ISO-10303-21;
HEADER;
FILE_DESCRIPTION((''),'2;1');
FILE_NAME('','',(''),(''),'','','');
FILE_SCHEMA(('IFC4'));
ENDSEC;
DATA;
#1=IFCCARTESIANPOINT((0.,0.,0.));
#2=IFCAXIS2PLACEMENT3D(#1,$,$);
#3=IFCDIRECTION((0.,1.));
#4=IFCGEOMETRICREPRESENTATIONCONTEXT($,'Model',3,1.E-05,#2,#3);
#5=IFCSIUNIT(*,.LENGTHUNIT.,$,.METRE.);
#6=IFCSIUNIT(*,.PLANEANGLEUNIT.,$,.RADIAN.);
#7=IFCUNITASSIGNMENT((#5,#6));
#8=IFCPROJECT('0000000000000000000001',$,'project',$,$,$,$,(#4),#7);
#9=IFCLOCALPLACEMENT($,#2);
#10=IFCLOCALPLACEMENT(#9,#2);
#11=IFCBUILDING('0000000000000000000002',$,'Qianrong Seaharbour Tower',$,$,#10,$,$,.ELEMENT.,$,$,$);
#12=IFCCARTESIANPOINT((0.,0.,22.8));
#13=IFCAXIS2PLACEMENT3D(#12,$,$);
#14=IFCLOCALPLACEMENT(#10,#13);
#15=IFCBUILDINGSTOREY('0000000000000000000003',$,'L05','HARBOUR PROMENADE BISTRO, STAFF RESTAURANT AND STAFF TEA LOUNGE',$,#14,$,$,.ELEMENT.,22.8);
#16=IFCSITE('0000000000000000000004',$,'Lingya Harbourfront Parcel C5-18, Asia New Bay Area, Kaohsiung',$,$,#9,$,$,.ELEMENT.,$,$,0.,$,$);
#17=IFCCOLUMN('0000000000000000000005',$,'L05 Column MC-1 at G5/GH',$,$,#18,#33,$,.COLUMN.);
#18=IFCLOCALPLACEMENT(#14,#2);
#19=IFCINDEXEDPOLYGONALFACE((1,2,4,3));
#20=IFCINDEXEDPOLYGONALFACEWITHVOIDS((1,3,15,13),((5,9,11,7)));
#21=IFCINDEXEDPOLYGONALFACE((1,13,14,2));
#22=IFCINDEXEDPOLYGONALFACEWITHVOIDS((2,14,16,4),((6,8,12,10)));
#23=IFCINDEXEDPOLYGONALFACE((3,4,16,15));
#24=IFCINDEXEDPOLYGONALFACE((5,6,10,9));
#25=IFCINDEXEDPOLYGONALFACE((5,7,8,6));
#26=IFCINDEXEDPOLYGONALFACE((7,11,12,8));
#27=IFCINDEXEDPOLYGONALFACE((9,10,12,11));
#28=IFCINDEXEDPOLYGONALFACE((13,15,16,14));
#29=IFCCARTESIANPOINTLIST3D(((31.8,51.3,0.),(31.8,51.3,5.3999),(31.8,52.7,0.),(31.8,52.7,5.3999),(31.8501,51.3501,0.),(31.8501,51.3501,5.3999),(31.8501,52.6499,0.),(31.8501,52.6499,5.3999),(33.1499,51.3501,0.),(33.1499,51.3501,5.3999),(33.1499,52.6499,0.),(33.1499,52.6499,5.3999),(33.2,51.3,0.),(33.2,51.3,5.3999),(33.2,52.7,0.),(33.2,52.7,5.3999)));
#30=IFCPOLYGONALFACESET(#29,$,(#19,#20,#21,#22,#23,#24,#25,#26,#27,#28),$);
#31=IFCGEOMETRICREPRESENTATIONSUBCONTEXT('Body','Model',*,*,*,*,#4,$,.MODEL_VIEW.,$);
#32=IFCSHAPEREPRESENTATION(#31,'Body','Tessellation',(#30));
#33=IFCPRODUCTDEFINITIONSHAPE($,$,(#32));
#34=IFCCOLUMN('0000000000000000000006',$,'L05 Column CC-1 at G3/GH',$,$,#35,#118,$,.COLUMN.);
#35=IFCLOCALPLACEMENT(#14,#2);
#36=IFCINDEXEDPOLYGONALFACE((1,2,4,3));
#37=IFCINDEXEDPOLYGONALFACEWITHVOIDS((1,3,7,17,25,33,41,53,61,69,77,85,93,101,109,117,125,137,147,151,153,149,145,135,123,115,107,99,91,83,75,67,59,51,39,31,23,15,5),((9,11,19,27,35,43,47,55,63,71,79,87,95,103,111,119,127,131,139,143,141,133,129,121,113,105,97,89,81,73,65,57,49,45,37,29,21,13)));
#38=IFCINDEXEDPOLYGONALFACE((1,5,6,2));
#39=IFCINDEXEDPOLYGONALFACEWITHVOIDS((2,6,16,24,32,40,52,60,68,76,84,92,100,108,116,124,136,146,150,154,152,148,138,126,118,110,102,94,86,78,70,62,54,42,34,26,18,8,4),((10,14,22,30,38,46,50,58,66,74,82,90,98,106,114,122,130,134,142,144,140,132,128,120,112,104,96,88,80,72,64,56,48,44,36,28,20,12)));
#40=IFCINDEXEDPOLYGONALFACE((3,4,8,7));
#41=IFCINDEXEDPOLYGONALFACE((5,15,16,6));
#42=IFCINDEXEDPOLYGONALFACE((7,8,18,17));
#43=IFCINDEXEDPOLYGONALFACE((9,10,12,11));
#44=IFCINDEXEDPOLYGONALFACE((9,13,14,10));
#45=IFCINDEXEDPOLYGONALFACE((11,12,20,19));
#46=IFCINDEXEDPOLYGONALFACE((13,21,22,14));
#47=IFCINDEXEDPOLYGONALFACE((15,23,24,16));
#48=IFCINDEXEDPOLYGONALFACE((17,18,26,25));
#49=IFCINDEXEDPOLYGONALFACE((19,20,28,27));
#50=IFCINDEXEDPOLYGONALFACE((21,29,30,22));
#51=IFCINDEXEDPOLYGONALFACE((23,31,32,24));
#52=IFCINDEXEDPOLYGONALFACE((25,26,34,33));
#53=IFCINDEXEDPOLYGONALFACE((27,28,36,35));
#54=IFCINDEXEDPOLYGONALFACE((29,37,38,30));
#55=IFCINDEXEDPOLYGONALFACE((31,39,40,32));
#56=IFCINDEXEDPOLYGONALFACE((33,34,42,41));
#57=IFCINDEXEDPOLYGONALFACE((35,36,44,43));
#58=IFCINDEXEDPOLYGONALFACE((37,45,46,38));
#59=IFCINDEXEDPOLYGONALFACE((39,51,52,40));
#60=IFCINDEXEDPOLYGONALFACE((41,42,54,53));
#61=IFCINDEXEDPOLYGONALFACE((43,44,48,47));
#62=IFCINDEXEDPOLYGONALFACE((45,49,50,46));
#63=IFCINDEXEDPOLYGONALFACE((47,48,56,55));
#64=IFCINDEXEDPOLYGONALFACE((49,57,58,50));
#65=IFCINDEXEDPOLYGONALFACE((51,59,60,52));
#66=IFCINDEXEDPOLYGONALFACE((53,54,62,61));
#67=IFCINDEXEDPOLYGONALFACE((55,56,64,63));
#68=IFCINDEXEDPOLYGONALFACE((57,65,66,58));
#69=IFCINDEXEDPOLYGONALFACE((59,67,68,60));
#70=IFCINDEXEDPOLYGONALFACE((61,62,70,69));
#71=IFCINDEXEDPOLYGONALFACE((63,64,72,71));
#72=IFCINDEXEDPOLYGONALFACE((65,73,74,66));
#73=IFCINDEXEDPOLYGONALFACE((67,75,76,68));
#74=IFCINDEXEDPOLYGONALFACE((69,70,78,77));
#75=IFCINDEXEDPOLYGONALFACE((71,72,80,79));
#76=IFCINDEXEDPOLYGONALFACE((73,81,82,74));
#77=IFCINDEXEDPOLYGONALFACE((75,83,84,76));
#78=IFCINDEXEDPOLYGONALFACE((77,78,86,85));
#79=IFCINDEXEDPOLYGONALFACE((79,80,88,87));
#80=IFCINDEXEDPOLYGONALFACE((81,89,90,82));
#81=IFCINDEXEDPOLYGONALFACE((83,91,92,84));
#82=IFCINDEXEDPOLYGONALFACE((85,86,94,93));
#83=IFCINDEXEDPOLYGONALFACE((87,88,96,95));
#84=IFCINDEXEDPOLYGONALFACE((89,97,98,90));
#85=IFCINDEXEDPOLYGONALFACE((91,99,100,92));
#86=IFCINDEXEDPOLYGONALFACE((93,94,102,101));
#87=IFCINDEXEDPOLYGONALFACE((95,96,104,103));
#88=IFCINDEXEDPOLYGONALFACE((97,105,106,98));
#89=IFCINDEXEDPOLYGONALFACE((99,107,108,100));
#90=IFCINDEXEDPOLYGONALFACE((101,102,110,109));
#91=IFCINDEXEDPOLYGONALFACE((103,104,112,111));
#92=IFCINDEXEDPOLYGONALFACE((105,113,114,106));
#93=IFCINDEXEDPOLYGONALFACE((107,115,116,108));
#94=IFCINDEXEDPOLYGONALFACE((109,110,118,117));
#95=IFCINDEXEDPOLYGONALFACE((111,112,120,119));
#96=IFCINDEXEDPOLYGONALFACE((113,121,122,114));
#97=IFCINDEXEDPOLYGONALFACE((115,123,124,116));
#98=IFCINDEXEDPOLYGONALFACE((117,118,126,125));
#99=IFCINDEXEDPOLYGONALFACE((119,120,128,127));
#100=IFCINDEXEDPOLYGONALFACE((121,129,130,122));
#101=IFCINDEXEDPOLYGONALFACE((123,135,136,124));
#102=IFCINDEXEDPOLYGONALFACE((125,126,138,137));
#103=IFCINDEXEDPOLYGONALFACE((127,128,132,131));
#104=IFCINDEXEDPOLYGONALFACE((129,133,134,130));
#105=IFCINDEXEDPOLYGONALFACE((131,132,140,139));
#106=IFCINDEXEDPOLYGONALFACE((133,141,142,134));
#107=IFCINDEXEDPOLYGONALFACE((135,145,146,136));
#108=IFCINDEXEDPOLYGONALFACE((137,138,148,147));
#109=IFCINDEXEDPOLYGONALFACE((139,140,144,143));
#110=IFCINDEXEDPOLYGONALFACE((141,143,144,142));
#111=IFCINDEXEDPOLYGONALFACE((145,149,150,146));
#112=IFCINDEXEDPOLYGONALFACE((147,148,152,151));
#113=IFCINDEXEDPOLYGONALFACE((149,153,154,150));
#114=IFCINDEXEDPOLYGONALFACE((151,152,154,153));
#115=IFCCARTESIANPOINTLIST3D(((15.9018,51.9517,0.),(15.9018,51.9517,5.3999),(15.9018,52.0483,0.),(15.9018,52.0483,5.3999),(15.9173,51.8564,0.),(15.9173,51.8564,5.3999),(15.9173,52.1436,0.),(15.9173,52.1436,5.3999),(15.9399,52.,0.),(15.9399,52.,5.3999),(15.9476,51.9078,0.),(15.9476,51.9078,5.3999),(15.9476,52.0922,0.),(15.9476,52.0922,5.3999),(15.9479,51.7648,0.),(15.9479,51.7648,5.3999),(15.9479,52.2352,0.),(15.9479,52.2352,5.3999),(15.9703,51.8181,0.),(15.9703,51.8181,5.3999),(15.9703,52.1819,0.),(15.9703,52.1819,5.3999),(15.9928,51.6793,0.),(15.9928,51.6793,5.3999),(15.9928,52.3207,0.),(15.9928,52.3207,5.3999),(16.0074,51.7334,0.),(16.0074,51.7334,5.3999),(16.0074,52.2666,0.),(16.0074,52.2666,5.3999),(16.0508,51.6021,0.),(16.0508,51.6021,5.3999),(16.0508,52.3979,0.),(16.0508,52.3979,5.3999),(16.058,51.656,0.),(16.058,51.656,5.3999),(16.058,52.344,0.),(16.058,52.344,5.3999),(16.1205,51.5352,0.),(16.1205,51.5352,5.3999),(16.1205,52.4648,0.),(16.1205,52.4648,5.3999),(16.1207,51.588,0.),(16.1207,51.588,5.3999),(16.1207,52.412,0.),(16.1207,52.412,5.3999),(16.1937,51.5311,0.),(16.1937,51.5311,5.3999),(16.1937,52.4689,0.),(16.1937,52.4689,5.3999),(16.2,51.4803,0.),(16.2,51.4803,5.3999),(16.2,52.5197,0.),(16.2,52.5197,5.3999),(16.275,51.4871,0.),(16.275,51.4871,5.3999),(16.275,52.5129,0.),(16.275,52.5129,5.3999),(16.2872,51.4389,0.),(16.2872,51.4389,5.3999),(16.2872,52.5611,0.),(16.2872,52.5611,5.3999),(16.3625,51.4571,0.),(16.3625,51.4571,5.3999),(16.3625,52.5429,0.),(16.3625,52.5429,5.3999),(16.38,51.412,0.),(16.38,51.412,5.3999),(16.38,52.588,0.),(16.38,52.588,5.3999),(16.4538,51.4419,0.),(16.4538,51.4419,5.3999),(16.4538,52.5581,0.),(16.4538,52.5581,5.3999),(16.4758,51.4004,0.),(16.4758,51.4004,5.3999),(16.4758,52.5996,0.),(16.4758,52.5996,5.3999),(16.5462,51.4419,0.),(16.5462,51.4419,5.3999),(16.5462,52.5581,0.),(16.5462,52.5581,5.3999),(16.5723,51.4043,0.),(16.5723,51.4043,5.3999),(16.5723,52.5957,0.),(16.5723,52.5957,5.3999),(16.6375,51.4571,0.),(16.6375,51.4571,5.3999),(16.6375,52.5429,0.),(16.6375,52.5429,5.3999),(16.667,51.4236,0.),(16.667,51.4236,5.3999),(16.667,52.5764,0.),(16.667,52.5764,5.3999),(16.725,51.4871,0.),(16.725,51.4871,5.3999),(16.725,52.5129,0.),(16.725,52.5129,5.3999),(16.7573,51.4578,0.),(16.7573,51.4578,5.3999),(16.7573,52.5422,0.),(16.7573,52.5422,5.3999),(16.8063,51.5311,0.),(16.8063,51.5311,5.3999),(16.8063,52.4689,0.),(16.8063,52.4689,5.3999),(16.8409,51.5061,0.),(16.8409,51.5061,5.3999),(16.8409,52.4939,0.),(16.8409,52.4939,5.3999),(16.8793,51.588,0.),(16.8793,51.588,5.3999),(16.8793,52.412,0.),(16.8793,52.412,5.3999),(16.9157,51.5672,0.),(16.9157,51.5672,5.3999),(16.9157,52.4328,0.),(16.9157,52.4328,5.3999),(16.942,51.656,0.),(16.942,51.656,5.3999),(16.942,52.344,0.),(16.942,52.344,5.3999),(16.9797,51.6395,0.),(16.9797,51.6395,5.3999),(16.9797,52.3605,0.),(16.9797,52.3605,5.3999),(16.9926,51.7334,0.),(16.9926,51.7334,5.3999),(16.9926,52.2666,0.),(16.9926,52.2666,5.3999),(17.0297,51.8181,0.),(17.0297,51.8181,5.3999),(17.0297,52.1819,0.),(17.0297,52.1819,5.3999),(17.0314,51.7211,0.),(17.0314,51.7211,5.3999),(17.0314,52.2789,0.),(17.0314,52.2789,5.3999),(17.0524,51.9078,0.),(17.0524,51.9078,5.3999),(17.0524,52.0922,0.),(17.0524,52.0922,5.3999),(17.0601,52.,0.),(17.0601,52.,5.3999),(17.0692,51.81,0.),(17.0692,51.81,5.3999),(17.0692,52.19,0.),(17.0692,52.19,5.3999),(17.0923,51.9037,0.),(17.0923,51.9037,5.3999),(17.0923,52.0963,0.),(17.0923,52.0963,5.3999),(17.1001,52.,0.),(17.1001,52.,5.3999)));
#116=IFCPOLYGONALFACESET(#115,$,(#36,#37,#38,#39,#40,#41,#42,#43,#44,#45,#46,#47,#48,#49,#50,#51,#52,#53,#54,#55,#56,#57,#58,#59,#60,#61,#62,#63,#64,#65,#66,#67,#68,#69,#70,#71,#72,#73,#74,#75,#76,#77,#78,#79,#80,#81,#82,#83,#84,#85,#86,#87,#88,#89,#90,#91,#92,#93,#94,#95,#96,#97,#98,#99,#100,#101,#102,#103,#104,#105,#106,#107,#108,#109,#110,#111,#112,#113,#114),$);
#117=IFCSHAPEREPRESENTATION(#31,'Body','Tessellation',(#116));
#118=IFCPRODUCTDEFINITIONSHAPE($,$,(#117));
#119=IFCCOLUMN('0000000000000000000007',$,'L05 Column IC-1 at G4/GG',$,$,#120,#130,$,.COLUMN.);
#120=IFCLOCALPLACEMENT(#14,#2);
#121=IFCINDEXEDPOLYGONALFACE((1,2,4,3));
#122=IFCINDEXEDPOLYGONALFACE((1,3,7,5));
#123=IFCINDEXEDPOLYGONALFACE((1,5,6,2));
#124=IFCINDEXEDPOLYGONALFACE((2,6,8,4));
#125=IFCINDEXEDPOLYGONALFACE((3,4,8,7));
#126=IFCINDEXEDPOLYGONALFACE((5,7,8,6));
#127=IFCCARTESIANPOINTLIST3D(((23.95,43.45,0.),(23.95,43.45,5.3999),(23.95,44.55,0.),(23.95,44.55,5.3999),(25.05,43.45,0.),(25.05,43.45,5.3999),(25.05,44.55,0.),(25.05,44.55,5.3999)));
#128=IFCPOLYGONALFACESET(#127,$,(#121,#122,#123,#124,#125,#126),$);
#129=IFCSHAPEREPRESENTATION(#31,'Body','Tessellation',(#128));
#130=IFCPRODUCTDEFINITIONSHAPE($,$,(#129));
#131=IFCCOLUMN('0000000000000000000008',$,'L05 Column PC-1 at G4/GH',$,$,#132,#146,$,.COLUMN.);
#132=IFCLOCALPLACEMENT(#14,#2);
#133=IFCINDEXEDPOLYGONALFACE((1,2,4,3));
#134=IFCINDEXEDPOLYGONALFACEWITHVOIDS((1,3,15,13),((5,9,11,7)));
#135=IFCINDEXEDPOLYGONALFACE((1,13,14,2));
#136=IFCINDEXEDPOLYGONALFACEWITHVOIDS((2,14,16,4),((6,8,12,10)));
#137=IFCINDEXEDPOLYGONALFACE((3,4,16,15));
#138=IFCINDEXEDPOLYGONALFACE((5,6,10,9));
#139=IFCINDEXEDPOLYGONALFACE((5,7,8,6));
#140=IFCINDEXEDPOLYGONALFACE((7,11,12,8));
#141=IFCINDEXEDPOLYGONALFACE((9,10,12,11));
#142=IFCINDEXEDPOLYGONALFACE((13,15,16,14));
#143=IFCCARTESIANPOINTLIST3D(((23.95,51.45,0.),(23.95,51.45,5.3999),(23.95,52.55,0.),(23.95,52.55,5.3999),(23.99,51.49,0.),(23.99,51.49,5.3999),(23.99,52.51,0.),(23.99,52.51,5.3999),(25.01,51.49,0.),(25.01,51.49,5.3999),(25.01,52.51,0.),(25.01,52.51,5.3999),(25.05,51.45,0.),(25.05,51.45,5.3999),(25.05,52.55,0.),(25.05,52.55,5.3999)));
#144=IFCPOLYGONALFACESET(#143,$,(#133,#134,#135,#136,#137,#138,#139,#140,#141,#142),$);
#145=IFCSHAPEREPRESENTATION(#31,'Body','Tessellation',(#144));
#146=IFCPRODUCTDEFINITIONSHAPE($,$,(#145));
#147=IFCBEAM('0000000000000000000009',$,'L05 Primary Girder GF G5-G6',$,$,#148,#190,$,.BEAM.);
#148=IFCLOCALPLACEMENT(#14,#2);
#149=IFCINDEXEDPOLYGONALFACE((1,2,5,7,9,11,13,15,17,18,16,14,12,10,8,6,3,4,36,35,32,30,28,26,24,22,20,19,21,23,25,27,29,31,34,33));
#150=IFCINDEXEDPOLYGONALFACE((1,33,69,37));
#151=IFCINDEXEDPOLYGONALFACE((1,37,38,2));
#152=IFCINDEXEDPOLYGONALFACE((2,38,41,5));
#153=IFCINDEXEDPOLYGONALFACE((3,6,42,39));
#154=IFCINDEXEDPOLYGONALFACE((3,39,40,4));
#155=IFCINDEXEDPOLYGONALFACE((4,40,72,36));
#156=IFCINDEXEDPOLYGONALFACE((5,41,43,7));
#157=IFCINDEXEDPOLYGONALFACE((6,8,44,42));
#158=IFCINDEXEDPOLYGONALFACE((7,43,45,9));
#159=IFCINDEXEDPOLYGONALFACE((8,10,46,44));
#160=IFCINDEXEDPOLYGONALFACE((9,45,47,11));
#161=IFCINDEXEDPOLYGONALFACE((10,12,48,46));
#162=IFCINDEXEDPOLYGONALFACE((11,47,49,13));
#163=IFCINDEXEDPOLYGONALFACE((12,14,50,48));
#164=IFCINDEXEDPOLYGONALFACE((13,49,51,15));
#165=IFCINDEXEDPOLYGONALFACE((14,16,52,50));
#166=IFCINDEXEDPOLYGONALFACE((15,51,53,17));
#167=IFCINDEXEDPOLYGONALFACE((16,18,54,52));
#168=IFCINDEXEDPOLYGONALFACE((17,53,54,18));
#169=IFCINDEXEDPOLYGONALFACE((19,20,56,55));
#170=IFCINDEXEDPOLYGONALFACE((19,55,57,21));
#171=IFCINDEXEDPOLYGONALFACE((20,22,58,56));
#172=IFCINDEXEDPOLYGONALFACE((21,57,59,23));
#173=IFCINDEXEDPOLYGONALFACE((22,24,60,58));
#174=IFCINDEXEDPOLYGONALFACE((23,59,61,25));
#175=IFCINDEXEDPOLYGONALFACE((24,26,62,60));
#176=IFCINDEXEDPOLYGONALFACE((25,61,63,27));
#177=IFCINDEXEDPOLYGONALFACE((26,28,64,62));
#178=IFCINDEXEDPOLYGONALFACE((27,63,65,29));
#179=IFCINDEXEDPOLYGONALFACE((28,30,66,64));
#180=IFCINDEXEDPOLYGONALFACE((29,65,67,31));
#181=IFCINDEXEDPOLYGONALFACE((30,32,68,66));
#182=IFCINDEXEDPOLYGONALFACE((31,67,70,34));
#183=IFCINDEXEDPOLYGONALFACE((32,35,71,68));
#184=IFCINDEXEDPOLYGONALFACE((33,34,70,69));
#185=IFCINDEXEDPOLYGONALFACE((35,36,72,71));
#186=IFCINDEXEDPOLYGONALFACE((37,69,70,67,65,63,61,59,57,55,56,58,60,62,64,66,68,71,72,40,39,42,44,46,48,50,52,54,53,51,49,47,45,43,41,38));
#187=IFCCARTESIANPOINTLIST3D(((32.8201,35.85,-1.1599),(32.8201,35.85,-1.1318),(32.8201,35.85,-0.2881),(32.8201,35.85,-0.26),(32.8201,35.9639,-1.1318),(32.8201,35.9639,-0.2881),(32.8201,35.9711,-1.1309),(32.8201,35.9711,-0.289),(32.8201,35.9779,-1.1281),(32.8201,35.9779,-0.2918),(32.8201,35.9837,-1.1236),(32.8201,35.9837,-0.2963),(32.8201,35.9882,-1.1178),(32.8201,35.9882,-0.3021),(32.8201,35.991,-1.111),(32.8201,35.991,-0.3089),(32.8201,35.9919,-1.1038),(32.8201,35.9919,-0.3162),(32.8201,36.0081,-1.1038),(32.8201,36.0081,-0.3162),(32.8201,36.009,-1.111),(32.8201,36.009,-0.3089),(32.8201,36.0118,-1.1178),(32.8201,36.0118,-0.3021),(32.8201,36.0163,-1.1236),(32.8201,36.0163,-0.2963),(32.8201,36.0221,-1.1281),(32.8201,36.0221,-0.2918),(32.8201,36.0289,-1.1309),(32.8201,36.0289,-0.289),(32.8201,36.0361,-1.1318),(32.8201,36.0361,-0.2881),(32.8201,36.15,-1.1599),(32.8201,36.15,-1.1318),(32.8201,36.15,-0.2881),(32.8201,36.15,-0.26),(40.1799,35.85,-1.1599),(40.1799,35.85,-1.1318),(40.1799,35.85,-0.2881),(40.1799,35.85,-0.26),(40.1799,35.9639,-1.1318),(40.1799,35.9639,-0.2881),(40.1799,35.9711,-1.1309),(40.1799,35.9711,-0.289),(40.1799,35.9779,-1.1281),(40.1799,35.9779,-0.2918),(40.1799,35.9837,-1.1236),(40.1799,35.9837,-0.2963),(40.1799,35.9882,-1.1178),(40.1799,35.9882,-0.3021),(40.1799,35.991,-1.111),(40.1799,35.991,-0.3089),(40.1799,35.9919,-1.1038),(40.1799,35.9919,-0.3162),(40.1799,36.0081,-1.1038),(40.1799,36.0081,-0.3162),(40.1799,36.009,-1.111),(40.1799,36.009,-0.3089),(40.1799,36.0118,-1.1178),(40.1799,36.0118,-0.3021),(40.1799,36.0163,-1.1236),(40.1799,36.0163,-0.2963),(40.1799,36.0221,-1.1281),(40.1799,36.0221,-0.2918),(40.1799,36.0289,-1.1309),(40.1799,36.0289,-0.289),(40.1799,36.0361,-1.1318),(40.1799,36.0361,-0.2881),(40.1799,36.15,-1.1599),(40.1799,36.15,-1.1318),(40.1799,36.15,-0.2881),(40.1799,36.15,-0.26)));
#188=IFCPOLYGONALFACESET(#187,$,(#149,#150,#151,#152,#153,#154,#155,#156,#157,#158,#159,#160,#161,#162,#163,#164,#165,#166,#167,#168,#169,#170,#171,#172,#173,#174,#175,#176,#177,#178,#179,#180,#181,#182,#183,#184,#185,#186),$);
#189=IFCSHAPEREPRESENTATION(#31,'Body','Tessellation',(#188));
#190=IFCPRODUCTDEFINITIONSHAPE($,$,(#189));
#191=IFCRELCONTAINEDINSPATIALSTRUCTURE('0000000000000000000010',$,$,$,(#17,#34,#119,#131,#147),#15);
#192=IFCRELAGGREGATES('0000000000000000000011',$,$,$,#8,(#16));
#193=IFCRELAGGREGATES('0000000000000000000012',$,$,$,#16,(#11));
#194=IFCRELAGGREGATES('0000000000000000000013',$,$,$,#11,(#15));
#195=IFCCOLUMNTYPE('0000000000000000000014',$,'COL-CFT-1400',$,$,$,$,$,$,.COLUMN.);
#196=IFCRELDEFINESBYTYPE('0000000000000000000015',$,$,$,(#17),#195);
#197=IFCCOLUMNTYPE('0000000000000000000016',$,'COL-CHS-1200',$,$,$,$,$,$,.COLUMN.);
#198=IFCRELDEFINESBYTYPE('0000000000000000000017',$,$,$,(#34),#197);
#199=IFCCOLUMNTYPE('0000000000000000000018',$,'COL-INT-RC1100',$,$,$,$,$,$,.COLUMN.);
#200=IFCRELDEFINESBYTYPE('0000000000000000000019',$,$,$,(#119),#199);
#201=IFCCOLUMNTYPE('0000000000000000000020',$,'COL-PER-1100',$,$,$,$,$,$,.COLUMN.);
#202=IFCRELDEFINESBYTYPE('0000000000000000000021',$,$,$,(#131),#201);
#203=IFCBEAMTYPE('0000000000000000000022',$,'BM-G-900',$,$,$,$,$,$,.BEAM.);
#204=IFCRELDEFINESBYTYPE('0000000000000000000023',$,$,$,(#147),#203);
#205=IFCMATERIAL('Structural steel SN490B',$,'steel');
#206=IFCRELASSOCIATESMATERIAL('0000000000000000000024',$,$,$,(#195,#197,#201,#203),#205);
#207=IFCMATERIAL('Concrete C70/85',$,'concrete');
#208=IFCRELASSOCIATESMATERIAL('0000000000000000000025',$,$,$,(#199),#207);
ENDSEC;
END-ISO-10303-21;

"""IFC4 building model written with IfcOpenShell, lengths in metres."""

from ifc_helpers import new_model, si_unit, direction, frame, origin, origin_2d, place, context, subcontext, project, spatial, rectangle, hollow_rectangle, hollow_circle, i_section, extrude, material, material_profile, profile_set, type_object, element, save


model = new_model("IFC4")

# Units and contexts
model_context = context("Model", 3, precision=1e-05, world=origin(), true_north=direction((0.0, 1.0)))
body_context = subcontext(model_context, "Body", "Model", "MODEL_VIEW")
ifc_project = project(units=[si_unit("LENGTHUNIT", "METRE"), si_unit("PLANEANGLEUNIT", "RADIAN")], contexts=[model_context])

# Site, building, storey
site_placement = place(None, origin())
site = spatial("IfcSite", under=ifc_project, at=site_placement, Name="Lingya Harbourfront Parcel C5-18, Asia New Bay Area, Kaohsiung", CompositionType="ELEMENT", RefElevation=0.0)
building_placement = place(site_placement, origin())
building = spatial("IfcBuilding", under=site, at=building_placement, Name="Qianrong Seaharbour Tower", CompositionType="ELEMENT")
storey_placement = place(building_placement, frame((0.0, 0.0, 22.8)))
storey = spatial("IfcBuildingStorey", under=building, at=storey_placement, Name="L05", Description="HARBOUR PROMENADE BISTRO, STAFF RESTAURANT AND STAFF TEA LOUNGE", CompositionType="ELEMENT", Elevation=22.8)

# Columns
ifc_material_1 = material(Name="Structural steel SN490B", Category="steel")
ifc_material_profile_1 = material_profile(ifc_material_1, hollow_rectangle(XDim=1.3999, YDim=1.3999, WallThickness=0.05, at=origin_2d()), Name="BOX1400x1400x50")
ifc_profile_set_1 = profile_set([ifc_material_profile_1], Name="Structural steel SN490B")
column_type_1 = type_object("IfcColumnType", Name="COL-CFT-1400", PredefinedType="COLUMN", material=ifc_profile_set_1)
column_1_placement = place(storey_placement, frame((32.5, 52.0, 0.0), z_axis=(0.0, 0.0, 1.0), x_axis=(1.0, 0.0, 0.0)))
element("IfcColumn", 1, at=column_1_placement, inside=storey, type_object=column_type_1, Name="L05 Column MC-1 at G5/GH", PredefinedType="COLUMN", context=body_context, shape_type="SweptSolid", body=[
    extrude(hollow_rectangle(XDim=1.3999, YDim=1.3999, WallThickness=0.05, at=origin_2d()), origin(), (0.0, 0.0, 1.0), 5.3999),
])
ifc_material_profile_2 = material_profile(ifc_material_1, hollow_circle(Radius=0.6001, WallThickness=0.04, at=origin_2d()), Name="CHS1200x40")
ifc_profile_set_2 = profile_set([ifc_material_profile_2], Name="Structural steel SN490B")
column_type_2 = type_object("IfcColumnType", Name="COL-CHS-1200", PredefinedType="COLUMN", material=ifc_profile_set_2)
column_2_placement = place(storey_placement, frame((16.5, 52.0, 0.0), z_axis=(0.0, 0.0, 1.0), x_axis=(1.0, 0.0, 0.0)))
element("IfcColumn", 2, at=column_2_placement, inside=storey, type_object=column_type_2, Name="L05 Column CC-1 at G3/GH", PredefinedType="COLUMN", context=body_context, shape_type="SweptSolid", body=[
    extrude(hollow_circle(Radius=0.6001, WallThickness=0.04, at=origin_2d()), origin(), (0.0, 0.0, 1.0), 5.3999),
])
ifc_material_2 = material(Name="Concrete C70/85", Category="concrete")
ifc_material_profile_3 = material_profile(ifc_material_2, rectangle(XDim=1.1001, YDim=1.1001, at=origin_2d()), Name="RC1100x1100")
ifc_profile_set_3 = profile_set([ifc_material_profile_3], Name="Concrete C70/85")
column_type_3 = type_object("IfcColumnType", Name="COL-INT-RC1100", PredefinedType="COLUMN", material=ifc_profile_set_3)
column_3_placement = place(storey_placement, frame((24.5, 44.0, 0.0), z_axis=(0.0, 0.0, 1.0), x_axis=(1.0, 0.0, 0.0)))
element("IfcColumn", 3, at=column_3_placement, inside=storey, type_object=column_type_3, Name="L05 Column IC-1 at G4/GG", PredefinedType="COLUMN", context=body_context, shape_type="SweptSolid", body=[
    extrude(rectangle(XDim=1.1001, YDim=1.1001, at=origin_2d()), origin(), (0.0, 0.0, 1.0), 5.3999),
])
ifc_material_profile_4 = material_profile(ifc_material_1, hollow_rectangle(XDim=1.1001, YDim=1.1001, WallThickness=0.04, at=origin_2d()), Name="BOX1100x1100x40")
ifc_profile_set_4 = profile_set([ifc_material_profile_4], Name="Structural steel SN490B")
column_type_4 = type_object("IfcColumnType", Name="COL-PER-1100", PredefinedType="COLUMN", material=ifc_profile_set_4)
column_4_placement = place(storey_placement, frame((24.5, 52.0, 0.0), z_axis=(0.0, 0.0, 1.0), x_axis=(1.0, 0.0, 0.0)))
element("IfcColumn", 4, at=column_4_placement, inside=storey, type_object=column_type_4, Name="L05 Column PC-1 at G4/GH", PredefinedType="COLUMN", context=body_context, shape_type="SweptSolid", body=[
    extrude(hollow_rectangle(XDim=1.1001, YDim=1.1001, WallThickness=0.04, at=origin_2d()), origin(), (0.0, 0.0, 1.0), 5.3999),
])

# Beam
ifc_material_profile_5 = material_profile(ifc_material_1, i_section(OverallWidth=0.3, OverallDepth=0.8999, WebThickness=0.0161, FlangeThickness=0.0281, FilletRadius=0.0281, at=origin_2d()), Name="H900x300x16x28")
ifc_profile_set_5 = profile_set([ifc_material_profile_5], Name="Structural steel SN490B")
beam_type_1 = type_object("IfcBeamType", Name="BM-G-900", PredefinedType="BEAM", material=ifc_profile_set_5)
for number, where, z_axis, x_axis, name in (
    (5, (32.8201, 36.0, -0.71), (1.0, 0.0, 0.0), (0.0, 1.0, 0.0), "L05 Primary Girder GF G5-G6"),
):
    element("IfcBeam", number, at=place(storey_placement, frame(where, z_axis=z_axis, x_axis=x_axis)), inside=storey, type_object=beam_type_1, Name=name, PredefinedType="BEAM", context=body_context, shape_type="SweptSolid", body=[
        extrude(i_section(OverallWidth=0.3, OverallDepth=0.8999, WebThickness=0.0161, FlangeThickness=0.0281, FilletRadius=0.0281, at=origin_2d()), origin(), (0.0, 0.0, 1.0), 7.3599),
    ])

save(model, "model.ifc")
